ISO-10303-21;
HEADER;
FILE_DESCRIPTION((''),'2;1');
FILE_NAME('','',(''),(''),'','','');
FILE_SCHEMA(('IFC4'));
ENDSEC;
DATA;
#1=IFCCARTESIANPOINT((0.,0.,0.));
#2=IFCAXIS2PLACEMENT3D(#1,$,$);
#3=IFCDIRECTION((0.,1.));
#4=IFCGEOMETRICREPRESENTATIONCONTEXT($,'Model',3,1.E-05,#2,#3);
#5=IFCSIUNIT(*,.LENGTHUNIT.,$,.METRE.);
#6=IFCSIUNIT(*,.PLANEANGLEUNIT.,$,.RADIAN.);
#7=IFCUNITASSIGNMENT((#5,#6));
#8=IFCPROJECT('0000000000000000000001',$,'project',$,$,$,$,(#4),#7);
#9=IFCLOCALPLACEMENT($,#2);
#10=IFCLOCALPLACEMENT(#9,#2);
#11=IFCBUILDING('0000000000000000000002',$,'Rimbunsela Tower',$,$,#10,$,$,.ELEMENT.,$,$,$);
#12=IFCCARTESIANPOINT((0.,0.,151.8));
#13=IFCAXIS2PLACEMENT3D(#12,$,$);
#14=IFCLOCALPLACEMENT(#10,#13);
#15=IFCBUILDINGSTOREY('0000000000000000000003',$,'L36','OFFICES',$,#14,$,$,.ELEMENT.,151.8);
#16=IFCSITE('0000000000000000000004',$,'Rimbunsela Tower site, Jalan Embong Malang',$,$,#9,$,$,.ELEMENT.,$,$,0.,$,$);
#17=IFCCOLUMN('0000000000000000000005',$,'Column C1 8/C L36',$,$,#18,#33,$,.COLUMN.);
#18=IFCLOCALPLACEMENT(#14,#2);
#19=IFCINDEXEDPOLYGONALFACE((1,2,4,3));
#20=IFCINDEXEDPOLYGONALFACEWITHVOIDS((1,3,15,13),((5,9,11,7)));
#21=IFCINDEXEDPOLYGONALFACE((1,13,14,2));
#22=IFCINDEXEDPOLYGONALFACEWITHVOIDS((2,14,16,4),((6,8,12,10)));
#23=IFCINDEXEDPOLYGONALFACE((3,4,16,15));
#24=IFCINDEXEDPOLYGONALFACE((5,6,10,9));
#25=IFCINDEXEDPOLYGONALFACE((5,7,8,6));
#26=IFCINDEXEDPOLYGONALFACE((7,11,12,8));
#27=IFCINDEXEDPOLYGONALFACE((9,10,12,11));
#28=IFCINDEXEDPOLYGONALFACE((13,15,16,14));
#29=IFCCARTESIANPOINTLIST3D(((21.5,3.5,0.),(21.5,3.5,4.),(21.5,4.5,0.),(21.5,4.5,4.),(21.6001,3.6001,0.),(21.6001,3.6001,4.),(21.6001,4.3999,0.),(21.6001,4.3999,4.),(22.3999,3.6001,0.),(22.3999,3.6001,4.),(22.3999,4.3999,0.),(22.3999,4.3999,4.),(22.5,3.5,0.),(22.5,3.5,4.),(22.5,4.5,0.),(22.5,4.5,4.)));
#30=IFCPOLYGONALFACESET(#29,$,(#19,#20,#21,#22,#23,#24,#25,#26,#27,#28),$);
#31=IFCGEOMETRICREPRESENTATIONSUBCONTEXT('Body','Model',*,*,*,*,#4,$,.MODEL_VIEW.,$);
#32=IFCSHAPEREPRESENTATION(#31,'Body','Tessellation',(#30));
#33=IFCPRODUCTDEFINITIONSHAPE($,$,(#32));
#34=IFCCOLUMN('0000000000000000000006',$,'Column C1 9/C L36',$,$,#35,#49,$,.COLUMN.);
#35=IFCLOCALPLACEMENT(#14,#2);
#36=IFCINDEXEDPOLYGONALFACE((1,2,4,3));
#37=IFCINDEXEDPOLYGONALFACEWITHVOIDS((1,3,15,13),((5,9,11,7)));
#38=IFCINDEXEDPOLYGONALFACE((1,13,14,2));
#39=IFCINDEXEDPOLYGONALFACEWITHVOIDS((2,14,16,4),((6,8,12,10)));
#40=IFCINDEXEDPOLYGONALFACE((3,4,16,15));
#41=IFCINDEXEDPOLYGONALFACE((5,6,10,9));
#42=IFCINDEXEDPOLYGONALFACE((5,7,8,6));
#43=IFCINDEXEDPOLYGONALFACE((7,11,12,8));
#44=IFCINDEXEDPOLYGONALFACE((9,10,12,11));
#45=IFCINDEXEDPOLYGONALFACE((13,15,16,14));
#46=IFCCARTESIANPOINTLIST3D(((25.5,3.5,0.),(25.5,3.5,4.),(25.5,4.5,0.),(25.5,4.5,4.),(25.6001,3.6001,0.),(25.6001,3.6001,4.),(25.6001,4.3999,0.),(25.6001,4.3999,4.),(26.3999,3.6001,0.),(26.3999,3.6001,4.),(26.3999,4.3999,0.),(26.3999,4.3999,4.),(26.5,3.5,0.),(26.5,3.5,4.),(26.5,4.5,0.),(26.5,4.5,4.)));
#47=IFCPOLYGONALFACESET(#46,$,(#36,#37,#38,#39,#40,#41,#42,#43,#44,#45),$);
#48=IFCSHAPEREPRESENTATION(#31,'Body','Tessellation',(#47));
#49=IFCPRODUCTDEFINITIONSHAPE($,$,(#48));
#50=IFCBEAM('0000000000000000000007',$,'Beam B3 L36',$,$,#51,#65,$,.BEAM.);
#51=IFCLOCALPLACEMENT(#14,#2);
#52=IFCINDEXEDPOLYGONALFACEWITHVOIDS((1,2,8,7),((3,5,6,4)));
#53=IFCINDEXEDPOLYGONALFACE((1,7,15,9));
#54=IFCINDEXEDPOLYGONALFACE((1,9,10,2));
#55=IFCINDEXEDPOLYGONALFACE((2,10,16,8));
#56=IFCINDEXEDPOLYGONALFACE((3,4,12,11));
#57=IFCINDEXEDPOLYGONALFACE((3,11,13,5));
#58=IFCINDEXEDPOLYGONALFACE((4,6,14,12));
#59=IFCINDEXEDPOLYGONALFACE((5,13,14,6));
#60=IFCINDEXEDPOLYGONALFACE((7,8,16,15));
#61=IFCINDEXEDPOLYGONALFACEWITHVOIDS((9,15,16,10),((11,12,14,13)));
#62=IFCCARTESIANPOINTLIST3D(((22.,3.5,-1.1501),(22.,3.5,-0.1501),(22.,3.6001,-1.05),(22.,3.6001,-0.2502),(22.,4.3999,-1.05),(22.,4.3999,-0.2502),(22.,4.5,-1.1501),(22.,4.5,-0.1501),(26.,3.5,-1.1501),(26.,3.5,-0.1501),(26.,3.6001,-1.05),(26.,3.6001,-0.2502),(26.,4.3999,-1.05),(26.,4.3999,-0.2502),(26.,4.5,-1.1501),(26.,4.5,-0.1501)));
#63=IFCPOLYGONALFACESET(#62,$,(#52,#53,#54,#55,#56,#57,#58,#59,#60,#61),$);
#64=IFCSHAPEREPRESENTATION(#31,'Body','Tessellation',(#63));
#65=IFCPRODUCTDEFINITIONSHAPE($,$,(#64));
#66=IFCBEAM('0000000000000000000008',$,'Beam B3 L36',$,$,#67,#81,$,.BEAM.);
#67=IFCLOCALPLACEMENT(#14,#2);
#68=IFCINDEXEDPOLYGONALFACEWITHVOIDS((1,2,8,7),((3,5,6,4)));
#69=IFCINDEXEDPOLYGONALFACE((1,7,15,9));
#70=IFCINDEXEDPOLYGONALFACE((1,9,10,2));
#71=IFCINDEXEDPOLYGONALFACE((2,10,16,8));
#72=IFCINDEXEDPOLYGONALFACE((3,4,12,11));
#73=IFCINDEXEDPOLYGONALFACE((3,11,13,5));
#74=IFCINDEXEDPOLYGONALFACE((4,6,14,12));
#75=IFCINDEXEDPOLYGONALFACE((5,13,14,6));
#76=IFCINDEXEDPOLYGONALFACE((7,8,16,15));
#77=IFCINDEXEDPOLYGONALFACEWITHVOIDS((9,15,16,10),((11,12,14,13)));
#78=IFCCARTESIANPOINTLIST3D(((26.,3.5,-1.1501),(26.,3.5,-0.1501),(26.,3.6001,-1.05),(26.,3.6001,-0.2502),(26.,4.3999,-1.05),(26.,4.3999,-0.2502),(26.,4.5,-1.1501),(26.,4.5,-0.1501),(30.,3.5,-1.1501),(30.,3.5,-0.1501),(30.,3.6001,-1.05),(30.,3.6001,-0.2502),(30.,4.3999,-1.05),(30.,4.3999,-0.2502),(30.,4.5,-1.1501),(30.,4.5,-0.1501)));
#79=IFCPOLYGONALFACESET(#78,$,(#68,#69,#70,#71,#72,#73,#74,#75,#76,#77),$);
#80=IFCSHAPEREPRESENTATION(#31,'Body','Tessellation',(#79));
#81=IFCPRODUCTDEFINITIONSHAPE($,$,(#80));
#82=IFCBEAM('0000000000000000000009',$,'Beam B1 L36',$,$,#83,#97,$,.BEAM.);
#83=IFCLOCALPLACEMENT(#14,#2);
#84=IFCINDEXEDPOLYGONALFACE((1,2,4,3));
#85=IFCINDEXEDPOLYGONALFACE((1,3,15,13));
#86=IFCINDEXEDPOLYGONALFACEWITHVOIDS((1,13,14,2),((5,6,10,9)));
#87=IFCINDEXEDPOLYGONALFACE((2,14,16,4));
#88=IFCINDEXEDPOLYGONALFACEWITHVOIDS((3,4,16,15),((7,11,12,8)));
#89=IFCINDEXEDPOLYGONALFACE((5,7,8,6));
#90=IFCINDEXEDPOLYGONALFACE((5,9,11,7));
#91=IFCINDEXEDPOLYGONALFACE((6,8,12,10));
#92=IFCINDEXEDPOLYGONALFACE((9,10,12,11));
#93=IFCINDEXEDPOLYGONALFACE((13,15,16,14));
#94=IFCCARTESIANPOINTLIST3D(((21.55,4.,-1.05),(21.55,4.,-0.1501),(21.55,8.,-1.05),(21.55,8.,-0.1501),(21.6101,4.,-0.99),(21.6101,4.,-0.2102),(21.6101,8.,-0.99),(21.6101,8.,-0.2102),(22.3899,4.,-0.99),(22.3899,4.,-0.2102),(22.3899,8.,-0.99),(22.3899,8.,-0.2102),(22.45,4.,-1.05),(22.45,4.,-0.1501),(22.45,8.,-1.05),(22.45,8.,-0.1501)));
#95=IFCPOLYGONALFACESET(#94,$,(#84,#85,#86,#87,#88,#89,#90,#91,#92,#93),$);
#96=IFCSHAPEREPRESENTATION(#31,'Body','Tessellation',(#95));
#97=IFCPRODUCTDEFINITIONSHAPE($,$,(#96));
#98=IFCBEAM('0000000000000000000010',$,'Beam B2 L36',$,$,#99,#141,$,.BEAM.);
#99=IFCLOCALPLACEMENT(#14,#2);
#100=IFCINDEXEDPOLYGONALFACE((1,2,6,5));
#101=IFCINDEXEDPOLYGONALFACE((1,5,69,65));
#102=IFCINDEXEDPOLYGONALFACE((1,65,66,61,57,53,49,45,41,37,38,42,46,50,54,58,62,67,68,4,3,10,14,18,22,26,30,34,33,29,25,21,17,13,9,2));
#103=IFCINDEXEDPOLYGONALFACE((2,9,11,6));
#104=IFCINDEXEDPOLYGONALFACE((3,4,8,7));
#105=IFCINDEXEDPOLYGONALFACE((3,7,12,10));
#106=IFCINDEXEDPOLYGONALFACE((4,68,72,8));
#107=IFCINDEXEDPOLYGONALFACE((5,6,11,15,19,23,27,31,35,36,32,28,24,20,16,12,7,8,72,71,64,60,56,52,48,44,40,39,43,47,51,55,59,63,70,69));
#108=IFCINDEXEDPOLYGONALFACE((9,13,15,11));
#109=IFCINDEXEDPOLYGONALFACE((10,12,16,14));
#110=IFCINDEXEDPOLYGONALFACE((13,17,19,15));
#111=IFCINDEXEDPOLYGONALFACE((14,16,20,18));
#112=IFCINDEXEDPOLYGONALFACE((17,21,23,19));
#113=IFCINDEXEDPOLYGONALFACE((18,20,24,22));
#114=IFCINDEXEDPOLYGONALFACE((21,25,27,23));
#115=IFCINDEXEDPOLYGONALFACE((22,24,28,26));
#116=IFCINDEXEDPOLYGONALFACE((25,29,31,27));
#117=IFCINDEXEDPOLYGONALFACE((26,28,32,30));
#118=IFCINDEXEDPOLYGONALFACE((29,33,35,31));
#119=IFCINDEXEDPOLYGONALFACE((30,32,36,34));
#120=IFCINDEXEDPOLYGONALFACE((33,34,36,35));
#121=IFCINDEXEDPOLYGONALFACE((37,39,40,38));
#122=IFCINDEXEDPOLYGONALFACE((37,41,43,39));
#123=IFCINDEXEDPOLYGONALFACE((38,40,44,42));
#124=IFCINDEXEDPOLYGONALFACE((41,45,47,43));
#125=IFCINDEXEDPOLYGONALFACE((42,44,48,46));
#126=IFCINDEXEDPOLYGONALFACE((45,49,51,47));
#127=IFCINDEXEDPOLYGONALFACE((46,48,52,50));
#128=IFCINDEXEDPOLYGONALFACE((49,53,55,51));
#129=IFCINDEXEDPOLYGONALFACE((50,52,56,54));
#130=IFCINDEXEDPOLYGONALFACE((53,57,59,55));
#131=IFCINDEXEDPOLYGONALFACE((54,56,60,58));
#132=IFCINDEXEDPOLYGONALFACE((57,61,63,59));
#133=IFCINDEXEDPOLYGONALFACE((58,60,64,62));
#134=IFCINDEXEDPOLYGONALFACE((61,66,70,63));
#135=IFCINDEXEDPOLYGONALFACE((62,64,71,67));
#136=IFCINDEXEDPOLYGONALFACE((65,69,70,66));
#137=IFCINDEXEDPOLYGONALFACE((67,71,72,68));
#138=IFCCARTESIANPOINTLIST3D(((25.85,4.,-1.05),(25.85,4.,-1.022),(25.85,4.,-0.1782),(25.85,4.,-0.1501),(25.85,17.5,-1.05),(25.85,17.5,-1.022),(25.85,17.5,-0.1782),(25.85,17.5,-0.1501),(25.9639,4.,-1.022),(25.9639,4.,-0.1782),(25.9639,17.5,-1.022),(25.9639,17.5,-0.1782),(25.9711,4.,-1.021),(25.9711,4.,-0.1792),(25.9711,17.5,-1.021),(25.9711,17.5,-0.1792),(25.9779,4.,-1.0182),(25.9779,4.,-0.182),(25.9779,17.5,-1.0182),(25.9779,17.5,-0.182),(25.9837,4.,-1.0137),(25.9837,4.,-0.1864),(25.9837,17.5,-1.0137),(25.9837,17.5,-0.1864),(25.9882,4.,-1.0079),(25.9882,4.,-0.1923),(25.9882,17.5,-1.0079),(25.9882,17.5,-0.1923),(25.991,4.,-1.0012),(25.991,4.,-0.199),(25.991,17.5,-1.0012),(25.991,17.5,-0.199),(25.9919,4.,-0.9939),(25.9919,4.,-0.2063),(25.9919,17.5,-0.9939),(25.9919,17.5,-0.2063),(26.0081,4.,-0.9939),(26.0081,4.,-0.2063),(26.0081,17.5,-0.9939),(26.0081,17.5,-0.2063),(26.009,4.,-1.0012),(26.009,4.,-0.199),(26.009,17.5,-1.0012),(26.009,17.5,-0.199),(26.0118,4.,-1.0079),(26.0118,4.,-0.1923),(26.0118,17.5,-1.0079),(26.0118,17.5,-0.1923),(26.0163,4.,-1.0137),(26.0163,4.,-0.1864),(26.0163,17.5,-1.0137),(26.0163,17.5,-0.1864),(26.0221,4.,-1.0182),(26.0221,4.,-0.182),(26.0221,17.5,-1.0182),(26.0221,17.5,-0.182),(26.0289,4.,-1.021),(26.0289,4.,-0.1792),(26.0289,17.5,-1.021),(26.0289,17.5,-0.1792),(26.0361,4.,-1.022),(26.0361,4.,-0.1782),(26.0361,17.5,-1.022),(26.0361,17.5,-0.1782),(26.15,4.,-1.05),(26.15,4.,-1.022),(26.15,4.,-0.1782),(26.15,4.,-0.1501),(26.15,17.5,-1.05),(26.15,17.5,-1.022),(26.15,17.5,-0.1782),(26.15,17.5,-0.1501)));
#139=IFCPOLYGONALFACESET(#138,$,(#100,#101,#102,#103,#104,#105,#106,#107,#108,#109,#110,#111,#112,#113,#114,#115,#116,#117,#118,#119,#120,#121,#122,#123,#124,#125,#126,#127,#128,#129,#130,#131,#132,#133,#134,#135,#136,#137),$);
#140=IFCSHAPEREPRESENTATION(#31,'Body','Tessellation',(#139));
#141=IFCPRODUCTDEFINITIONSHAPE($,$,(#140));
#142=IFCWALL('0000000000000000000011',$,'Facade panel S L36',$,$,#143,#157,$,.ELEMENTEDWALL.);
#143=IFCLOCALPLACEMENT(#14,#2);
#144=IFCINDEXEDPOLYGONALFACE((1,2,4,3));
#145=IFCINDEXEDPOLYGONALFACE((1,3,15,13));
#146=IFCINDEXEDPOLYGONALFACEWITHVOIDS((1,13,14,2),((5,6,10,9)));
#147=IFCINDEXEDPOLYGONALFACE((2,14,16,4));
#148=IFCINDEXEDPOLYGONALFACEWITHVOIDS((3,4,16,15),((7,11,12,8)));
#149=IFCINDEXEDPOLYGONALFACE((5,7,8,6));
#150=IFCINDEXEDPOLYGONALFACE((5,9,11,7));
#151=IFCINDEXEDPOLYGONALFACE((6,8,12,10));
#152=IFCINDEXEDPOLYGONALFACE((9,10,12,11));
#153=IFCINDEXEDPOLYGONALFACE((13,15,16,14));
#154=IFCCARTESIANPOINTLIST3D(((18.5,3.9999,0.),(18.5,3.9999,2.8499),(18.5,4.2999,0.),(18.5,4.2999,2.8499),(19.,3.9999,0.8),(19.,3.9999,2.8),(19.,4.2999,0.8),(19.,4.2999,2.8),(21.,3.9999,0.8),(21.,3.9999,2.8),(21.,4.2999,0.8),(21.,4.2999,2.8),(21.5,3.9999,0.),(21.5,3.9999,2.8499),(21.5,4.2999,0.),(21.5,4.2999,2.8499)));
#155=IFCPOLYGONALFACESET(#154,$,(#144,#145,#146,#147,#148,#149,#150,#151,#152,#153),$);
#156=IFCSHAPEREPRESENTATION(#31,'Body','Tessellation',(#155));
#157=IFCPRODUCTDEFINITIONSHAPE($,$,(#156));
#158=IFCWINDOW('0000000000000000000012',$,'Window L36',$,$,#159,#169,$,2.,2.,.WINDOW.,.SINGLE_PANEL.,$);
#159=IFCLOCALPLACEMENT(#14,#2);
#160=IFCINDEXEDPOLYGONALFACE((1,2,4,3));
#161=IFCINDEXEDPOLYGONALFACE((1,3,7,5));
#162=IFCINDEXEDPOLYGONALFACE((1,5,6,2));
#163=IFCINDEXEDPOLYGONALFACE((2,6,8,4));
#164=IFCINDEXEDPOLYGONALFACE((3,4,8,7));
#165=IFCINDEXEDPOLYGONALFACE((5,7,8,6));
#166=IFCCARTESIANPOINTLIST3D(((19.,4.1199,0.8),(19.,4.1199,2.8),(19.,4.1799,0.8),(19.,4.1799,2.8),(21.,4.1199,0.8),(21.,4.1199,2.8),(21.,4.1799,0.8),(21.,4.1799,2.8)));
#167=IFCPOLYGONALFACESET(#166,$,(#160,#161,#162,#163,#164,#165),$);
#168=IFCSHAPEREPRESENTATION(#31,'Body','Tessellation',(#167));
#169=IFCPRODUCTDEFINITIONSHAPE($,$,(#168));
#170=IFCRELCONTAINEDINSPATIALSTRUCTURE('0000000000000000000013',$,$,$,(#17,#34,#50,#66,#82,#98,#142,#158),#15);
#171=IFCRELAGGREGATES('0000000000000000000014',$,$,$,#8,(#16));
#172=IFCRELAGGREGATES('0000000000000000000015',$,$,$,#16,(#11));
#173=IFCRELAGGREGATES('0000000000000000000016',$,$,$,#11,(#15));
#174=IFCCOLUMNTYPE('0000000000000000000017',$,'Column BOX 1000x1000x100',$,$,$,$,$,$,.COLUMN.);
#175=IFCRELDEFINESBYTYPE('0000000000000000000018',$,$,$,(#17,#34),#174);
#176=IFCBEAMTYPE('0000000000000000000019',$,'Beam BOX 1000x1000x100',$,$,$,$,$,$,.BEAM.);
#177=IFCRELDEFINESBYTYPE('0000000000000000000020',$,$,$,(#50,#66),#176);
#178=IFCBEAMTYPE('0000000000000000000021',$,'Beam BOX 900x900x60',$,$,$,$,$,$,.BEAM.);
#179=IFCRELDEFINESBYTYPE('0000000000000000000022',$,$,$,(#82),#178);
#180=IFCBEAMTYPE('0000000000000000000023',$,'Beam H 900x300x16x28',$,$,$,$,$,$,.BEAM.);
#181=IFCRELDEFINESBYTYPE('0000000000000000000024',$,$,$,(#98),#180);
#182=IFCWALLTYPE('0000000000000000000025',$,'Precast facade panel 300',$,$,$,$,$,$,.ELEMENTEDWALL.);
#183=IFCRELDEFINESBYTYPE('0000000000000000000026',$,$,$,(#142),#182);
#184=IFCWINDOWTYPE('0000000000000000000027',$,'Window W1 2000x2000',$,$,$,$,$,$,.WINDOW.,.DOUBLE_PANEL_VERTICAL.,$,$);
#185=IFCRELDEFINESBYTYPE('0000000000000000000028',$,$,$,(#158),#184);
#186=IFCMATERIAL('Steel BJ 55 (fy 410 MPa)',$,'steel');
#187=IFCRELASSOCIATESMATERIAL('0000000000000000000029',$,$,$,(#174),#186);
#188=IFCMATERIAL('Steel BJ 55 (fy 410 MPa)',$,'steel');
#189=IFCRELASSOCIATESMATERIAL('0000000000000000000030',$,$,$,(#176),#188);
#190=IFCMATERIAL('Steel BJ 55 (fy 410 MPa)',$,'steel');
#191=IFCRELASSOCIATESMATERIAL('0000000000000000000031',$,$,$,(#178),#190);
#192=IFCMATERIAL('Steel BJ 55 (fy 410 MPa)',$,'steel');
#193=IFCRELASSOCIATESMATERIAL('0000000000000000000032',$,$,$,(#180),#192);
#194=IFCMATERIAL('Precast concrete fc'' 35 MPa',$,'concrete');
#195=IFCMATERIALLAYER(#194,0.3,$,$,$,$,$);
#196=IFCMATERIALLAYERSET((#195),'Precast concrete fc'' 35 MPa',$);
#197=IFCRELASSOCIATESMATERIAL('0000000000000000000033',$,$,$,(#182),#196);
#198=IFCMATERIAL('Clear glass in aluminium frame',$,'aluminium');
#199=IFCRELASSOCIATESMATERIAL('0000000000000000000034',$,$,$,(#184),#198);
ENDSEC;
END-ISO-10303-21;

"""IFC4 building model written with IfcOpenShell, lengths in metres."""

from ifc_helpers import new_model, si_unit, direction, frame, frame_2d, origin, origin_2d, place, context, subcontext, project, spatial, rectangle, hollow_rectangle, i_section, extrude, material, layer, layer_set, material_profile, profile_set, type_object, element, fill, save


model = new_model("IFC4")

# Units and contexts
model_context = context("Model", 3, precision=1e-05, world=origin(), true_north=direction((0.0, 1.0)))
body_context = subcontext(model_context, "Body", "Model", "MODEL_VIEW")
ifc_project = project(units=[si_unit("LENGTHUNIT", "METRE"), si_unit("PLANEANGLEUNIT", "RADIAN")], contexts=[model_context])

# Site, building, storey
site_placement = place(None, origin())
site = spatial("IfcSite", under=ifc_project, at=site_placement, Name="Rimbunsela Tower site, Jalan Embong Malang", CompositionType="ELEMENT", RefElevation=0.0)
building_placement = place(site_placement, origin())
building = spatial("IfcBuilding", under=site, at=building_placement, Name="Rimbunsela Tower", CompositionType="ELEMENT")
storey_placement = place(building_placement, frame((0.0, 0.0, 151.8)))
storey = spatial("IfcBuildingStorey", under=building, at=storey_placement, Name="L36", Description="OFFICES", CompositionType="ELEMENT", Elevation=151.8)

# Columns
ifc_material_1 = material(Name="Steel BJ 55 (fy 410 MPa)", Category="steel")
ifc_material_profile_1 = material_profile(ifc_material_1, hollow_rectangle(XDim=1.0, YDim=1.0, WallThickness=0.1001, at=origin_2d()), Name="BOX 1000x1000x100")
ifc_profile_set_1 = profile_set([ifc_material_profile_1], Name="Steel BJ 55 (fy 410 MPa)")
column_type = type_object("IfcColumnType", Name="Column BOX 1000x1000x100", PredefinedType="COLUMN", material=ifc_profile_set_1)
for number, where, z_axis, x_axis, name in (
    (1, (22.0, 4.0, 0.0), (0.0, 0.0, 1.0), (1.0, 0.0, 0.0), "Column C1 8/C L36"),
    (2, (26.0, 4.0, 0.0), (0.0, 0.0, 1.0), (1.0, 0.0, 0.0), "Column C1 9/C L36"),
):
    element("IfcColumn", number, at=place(storey_placement, frame(where, z_axis=z_axis, x_axis=x_axis)), inside=storey, type_object=column_type, Name=name, PredefinedType="COLUMN", context=body_context, shape_type="SweptSolid", body=[
        extrude(hollow_rectangle(XDim=1.0, YDim=1.0, WallThickness=0.1001, at=origin_2d()), origin(), (0.0, 0.0, 1.0), 4.0),
    ])

# Beams
ifc_material_2 = material(Name="Steel BJ 55 (fy 410 MPa)", Category="steel")
ifc_material_profile_2 = material_profile(ifc_material_2, hollow_rectangle(XDim=1.0, YDim=1.0, WallThickness=0.1001, at=origin_2d()), Name="BOX 1000x1000x100")
ifc_profile_set_2 = profile_set([ifc_material_profile_2], Name="Steel BJ 55 (fy 410 MPa)")
beam_type_1 = type_object("IfcBeamType", Name="Beam BOX 1000x1000x100", PredefinedType="BEAM", material=ifc_profile_set_2)
for number, where, z_axis, x_axis, name in (
    (3, (22.0, 4.0, -0.6501), (1.0, 0.0, 0.0), (0.0, 1.0, 0.0), "Beam B3 L36"),
    (4, (26.0, 4.0, -0.6501), (1.0, 0.0, 0.0), (0.0, 1.0, 0.0), "Beam B3 L36"),
):
    element("IfcBeam", number, at=place(storey_placement, frame(where, z_axis=z_axis, x_axis=x_axis)), inside=storey, type_object=beam_type_1, Name=name, PredefinedType="BEAM", context=body_context, shape_type="SweptSolid", body=[
        extrude(hollow_rectangle(XDim=1.0, YDim=1.0, WallThickness=0.1001, at=origin_2d()), origin(), (0.0, 0.0, 1.0), 4.0),
    ])
ifc_material_3 = material(Name="Steel BJ 55 (fy 410 MPa)", Category="steel")
ifc_material_profile_3 = material_profile(ifc_material_3, hollow_rectangle(XDim=0.8999, YDim=0.8999, WallThickness=0.0601, at=origin_2d()), Name="BOX 900x900x60")
ifc_profile_set_3 = profile_set([ifc_material_profile_3], Name="Steel BJ 55 (fy 410 MPa)")
beam_type_2 = type_object("IfcBeamType", Name="Beam BOX 900x900x60", PredefinedType="BEAM", material=ifc_profile_set_3)
beam_1_placement = place(storey_placement, frame((22.0, 4.0, -0.6001), z_axis=(0.0, 1.0, 0.0), x_axis=(-1.0, 0.0, 0.0)))
element("IfcBeam", 5, at=beam_1_placement, inside=storey, type_object=beam_type_2, Name="Beam B1 L36", PredefinedType="BEAM", context=body_context, shape_type="SweptSolid", body=[
    extrude(hollow_rectangle(XDim=0.8999, YDim=0.8999, WallThickness=0.0601, at=origin_2d()), origin(), (0.0, 0.0, 1.0), 4.0),
])
ifc_material_4 = material(Name="Steel BJ 55 (fy 410 MPa)", Category="steel")
ifc_material_profile_4 = material_profile(ifc_material_4, i_section(OverallWidth=0.3, OverallDepth=0.8999, WebThickness=0.0161, FlangeThickness=0.0281, FilletRadius=0.0281, at=origin_2d()), Name="H 900x300x16x28")
ifc_profile_set_4 = profile_set([ifc_material_profile_4], Name="Steel BJ 55 (fy 410 MPa)")
beam_type_3 = type_object("IfcBeamType", Name="Beam H 900x300x16x28", PredefinedType="BEAM", material=ifc_profile_set_4)
beam_2_placement = place(storey_placement, frame((26.0, 4.0, -0.6001), z_axis=(0.0, 1.0, 0.0), x_axis=(-1.0, 0.0, 0.0)))
element("IfcBeam", 6, at=beam_2_placement, inside=storey, type_object=beam_type_3, Name="Beam B2 L36", PredefinedType="BEAM", context=body_context, shape_type="SweptSolid", body=[
    extrude(i_section(OverallWidth=0.3, OverallDepth=0.8999, WebThickness=0.0161, FlangeThickness=0.0281, FilletRadius=0.0281, at=origin_2d()), origin(), (0.0, 0.0, 1.0), 13.5),
])

# Wall, opening, window
ifc_material_5 = material(Name="Precast concrete fc' 35 MPa", Category="concrete")
ifc_layer_1 = layer(ifc_material_5, 0.3)
ifc_layer_set_1 = layer_set([ifc_layer_1], Name="Precast concrete fc' 35 MPa")
wall_type = type_object("IfcWallType", Name="Precast facade panel 300", PredefinedType="ELEMENTEDWALL", material=ifc_layer_set_1)
wall_1_placement = place(storey_placement, frame((18.5, 4.1499, 0.0), z_axis=(0.0, 0.0, 1.0), x_axis=(1.0, 0.0, 0.0)))
wall_1 = element("IfcWall", 7, at=wall_1_placement, inside=storey, type_object=wall_type, Name="Facade panel S L36", PredefinedType="ELEMENTEDWALL", context=body_context, shape_type="SweptSolid", body=[
    extrude(rectangle(XDim=3.0, YDim=0.3, at=frame_2d((1.5, 0.0))), origin(), (0.0, 0.0, 1.0), 2.8499),
])
opening_1_placement = place(wall_1_placement, frame((0.5, 0.0, 0.8)))
opening_1 = element("IfcOpeningElement", 8, at=opening_1_placement, cuts=wall_1, PredefinedType="OPENING", context=body_context, shape_type="SweptSolid", body=[
    extrude(rectangle(XDim=2.0, YDim=2.0, at=frame_2d((1.0, 1.0))), frame((0.0, 0.1599, 0.0), z_axis=(0.0, -1.0, 0.0), x_axis=(1.0, 0.0, 0.0)), (0.0, 0.0, 1.0), 0.3201),
])
ifc_material_6 = material(Name="Clear glass in aluminium frame", Category="aluminium")
window_type_1 = type_object("IfcWindowType", Name="Window W1 2000x2000", PartitioningType="DOUBLE_PANEL_VERTICAL", PredefinedType="WINDOW", material=ifc_material_6)
window_1_placement = place(opening_1_placement, origin())
window_1 = element("IfcWindow", 9, at=window_1_placement, inside=storey, type_object=window_type_1, Name="Window L36", OverallHeight=2.0, OverallWidth=2.0, PartitioningType="SINGLE_PANEL", PredefinedType="WINDOW", context=body_context, shape_type="SweptSolid", body=[
    extrude(rectangle(XDim=2.0, YDim=2.0, at=frame_2d((1.0, 1.0))), frame((0.0, 0.03, 0.0), z_axis=(0.0, -1.0, 0.0), x_axis=(1.0, 0.0, 0.0)), (0.0, 0.0, 1.0), 0.0601),
])
fill(opening_1, window_1)

save(model, "model.ifc")
